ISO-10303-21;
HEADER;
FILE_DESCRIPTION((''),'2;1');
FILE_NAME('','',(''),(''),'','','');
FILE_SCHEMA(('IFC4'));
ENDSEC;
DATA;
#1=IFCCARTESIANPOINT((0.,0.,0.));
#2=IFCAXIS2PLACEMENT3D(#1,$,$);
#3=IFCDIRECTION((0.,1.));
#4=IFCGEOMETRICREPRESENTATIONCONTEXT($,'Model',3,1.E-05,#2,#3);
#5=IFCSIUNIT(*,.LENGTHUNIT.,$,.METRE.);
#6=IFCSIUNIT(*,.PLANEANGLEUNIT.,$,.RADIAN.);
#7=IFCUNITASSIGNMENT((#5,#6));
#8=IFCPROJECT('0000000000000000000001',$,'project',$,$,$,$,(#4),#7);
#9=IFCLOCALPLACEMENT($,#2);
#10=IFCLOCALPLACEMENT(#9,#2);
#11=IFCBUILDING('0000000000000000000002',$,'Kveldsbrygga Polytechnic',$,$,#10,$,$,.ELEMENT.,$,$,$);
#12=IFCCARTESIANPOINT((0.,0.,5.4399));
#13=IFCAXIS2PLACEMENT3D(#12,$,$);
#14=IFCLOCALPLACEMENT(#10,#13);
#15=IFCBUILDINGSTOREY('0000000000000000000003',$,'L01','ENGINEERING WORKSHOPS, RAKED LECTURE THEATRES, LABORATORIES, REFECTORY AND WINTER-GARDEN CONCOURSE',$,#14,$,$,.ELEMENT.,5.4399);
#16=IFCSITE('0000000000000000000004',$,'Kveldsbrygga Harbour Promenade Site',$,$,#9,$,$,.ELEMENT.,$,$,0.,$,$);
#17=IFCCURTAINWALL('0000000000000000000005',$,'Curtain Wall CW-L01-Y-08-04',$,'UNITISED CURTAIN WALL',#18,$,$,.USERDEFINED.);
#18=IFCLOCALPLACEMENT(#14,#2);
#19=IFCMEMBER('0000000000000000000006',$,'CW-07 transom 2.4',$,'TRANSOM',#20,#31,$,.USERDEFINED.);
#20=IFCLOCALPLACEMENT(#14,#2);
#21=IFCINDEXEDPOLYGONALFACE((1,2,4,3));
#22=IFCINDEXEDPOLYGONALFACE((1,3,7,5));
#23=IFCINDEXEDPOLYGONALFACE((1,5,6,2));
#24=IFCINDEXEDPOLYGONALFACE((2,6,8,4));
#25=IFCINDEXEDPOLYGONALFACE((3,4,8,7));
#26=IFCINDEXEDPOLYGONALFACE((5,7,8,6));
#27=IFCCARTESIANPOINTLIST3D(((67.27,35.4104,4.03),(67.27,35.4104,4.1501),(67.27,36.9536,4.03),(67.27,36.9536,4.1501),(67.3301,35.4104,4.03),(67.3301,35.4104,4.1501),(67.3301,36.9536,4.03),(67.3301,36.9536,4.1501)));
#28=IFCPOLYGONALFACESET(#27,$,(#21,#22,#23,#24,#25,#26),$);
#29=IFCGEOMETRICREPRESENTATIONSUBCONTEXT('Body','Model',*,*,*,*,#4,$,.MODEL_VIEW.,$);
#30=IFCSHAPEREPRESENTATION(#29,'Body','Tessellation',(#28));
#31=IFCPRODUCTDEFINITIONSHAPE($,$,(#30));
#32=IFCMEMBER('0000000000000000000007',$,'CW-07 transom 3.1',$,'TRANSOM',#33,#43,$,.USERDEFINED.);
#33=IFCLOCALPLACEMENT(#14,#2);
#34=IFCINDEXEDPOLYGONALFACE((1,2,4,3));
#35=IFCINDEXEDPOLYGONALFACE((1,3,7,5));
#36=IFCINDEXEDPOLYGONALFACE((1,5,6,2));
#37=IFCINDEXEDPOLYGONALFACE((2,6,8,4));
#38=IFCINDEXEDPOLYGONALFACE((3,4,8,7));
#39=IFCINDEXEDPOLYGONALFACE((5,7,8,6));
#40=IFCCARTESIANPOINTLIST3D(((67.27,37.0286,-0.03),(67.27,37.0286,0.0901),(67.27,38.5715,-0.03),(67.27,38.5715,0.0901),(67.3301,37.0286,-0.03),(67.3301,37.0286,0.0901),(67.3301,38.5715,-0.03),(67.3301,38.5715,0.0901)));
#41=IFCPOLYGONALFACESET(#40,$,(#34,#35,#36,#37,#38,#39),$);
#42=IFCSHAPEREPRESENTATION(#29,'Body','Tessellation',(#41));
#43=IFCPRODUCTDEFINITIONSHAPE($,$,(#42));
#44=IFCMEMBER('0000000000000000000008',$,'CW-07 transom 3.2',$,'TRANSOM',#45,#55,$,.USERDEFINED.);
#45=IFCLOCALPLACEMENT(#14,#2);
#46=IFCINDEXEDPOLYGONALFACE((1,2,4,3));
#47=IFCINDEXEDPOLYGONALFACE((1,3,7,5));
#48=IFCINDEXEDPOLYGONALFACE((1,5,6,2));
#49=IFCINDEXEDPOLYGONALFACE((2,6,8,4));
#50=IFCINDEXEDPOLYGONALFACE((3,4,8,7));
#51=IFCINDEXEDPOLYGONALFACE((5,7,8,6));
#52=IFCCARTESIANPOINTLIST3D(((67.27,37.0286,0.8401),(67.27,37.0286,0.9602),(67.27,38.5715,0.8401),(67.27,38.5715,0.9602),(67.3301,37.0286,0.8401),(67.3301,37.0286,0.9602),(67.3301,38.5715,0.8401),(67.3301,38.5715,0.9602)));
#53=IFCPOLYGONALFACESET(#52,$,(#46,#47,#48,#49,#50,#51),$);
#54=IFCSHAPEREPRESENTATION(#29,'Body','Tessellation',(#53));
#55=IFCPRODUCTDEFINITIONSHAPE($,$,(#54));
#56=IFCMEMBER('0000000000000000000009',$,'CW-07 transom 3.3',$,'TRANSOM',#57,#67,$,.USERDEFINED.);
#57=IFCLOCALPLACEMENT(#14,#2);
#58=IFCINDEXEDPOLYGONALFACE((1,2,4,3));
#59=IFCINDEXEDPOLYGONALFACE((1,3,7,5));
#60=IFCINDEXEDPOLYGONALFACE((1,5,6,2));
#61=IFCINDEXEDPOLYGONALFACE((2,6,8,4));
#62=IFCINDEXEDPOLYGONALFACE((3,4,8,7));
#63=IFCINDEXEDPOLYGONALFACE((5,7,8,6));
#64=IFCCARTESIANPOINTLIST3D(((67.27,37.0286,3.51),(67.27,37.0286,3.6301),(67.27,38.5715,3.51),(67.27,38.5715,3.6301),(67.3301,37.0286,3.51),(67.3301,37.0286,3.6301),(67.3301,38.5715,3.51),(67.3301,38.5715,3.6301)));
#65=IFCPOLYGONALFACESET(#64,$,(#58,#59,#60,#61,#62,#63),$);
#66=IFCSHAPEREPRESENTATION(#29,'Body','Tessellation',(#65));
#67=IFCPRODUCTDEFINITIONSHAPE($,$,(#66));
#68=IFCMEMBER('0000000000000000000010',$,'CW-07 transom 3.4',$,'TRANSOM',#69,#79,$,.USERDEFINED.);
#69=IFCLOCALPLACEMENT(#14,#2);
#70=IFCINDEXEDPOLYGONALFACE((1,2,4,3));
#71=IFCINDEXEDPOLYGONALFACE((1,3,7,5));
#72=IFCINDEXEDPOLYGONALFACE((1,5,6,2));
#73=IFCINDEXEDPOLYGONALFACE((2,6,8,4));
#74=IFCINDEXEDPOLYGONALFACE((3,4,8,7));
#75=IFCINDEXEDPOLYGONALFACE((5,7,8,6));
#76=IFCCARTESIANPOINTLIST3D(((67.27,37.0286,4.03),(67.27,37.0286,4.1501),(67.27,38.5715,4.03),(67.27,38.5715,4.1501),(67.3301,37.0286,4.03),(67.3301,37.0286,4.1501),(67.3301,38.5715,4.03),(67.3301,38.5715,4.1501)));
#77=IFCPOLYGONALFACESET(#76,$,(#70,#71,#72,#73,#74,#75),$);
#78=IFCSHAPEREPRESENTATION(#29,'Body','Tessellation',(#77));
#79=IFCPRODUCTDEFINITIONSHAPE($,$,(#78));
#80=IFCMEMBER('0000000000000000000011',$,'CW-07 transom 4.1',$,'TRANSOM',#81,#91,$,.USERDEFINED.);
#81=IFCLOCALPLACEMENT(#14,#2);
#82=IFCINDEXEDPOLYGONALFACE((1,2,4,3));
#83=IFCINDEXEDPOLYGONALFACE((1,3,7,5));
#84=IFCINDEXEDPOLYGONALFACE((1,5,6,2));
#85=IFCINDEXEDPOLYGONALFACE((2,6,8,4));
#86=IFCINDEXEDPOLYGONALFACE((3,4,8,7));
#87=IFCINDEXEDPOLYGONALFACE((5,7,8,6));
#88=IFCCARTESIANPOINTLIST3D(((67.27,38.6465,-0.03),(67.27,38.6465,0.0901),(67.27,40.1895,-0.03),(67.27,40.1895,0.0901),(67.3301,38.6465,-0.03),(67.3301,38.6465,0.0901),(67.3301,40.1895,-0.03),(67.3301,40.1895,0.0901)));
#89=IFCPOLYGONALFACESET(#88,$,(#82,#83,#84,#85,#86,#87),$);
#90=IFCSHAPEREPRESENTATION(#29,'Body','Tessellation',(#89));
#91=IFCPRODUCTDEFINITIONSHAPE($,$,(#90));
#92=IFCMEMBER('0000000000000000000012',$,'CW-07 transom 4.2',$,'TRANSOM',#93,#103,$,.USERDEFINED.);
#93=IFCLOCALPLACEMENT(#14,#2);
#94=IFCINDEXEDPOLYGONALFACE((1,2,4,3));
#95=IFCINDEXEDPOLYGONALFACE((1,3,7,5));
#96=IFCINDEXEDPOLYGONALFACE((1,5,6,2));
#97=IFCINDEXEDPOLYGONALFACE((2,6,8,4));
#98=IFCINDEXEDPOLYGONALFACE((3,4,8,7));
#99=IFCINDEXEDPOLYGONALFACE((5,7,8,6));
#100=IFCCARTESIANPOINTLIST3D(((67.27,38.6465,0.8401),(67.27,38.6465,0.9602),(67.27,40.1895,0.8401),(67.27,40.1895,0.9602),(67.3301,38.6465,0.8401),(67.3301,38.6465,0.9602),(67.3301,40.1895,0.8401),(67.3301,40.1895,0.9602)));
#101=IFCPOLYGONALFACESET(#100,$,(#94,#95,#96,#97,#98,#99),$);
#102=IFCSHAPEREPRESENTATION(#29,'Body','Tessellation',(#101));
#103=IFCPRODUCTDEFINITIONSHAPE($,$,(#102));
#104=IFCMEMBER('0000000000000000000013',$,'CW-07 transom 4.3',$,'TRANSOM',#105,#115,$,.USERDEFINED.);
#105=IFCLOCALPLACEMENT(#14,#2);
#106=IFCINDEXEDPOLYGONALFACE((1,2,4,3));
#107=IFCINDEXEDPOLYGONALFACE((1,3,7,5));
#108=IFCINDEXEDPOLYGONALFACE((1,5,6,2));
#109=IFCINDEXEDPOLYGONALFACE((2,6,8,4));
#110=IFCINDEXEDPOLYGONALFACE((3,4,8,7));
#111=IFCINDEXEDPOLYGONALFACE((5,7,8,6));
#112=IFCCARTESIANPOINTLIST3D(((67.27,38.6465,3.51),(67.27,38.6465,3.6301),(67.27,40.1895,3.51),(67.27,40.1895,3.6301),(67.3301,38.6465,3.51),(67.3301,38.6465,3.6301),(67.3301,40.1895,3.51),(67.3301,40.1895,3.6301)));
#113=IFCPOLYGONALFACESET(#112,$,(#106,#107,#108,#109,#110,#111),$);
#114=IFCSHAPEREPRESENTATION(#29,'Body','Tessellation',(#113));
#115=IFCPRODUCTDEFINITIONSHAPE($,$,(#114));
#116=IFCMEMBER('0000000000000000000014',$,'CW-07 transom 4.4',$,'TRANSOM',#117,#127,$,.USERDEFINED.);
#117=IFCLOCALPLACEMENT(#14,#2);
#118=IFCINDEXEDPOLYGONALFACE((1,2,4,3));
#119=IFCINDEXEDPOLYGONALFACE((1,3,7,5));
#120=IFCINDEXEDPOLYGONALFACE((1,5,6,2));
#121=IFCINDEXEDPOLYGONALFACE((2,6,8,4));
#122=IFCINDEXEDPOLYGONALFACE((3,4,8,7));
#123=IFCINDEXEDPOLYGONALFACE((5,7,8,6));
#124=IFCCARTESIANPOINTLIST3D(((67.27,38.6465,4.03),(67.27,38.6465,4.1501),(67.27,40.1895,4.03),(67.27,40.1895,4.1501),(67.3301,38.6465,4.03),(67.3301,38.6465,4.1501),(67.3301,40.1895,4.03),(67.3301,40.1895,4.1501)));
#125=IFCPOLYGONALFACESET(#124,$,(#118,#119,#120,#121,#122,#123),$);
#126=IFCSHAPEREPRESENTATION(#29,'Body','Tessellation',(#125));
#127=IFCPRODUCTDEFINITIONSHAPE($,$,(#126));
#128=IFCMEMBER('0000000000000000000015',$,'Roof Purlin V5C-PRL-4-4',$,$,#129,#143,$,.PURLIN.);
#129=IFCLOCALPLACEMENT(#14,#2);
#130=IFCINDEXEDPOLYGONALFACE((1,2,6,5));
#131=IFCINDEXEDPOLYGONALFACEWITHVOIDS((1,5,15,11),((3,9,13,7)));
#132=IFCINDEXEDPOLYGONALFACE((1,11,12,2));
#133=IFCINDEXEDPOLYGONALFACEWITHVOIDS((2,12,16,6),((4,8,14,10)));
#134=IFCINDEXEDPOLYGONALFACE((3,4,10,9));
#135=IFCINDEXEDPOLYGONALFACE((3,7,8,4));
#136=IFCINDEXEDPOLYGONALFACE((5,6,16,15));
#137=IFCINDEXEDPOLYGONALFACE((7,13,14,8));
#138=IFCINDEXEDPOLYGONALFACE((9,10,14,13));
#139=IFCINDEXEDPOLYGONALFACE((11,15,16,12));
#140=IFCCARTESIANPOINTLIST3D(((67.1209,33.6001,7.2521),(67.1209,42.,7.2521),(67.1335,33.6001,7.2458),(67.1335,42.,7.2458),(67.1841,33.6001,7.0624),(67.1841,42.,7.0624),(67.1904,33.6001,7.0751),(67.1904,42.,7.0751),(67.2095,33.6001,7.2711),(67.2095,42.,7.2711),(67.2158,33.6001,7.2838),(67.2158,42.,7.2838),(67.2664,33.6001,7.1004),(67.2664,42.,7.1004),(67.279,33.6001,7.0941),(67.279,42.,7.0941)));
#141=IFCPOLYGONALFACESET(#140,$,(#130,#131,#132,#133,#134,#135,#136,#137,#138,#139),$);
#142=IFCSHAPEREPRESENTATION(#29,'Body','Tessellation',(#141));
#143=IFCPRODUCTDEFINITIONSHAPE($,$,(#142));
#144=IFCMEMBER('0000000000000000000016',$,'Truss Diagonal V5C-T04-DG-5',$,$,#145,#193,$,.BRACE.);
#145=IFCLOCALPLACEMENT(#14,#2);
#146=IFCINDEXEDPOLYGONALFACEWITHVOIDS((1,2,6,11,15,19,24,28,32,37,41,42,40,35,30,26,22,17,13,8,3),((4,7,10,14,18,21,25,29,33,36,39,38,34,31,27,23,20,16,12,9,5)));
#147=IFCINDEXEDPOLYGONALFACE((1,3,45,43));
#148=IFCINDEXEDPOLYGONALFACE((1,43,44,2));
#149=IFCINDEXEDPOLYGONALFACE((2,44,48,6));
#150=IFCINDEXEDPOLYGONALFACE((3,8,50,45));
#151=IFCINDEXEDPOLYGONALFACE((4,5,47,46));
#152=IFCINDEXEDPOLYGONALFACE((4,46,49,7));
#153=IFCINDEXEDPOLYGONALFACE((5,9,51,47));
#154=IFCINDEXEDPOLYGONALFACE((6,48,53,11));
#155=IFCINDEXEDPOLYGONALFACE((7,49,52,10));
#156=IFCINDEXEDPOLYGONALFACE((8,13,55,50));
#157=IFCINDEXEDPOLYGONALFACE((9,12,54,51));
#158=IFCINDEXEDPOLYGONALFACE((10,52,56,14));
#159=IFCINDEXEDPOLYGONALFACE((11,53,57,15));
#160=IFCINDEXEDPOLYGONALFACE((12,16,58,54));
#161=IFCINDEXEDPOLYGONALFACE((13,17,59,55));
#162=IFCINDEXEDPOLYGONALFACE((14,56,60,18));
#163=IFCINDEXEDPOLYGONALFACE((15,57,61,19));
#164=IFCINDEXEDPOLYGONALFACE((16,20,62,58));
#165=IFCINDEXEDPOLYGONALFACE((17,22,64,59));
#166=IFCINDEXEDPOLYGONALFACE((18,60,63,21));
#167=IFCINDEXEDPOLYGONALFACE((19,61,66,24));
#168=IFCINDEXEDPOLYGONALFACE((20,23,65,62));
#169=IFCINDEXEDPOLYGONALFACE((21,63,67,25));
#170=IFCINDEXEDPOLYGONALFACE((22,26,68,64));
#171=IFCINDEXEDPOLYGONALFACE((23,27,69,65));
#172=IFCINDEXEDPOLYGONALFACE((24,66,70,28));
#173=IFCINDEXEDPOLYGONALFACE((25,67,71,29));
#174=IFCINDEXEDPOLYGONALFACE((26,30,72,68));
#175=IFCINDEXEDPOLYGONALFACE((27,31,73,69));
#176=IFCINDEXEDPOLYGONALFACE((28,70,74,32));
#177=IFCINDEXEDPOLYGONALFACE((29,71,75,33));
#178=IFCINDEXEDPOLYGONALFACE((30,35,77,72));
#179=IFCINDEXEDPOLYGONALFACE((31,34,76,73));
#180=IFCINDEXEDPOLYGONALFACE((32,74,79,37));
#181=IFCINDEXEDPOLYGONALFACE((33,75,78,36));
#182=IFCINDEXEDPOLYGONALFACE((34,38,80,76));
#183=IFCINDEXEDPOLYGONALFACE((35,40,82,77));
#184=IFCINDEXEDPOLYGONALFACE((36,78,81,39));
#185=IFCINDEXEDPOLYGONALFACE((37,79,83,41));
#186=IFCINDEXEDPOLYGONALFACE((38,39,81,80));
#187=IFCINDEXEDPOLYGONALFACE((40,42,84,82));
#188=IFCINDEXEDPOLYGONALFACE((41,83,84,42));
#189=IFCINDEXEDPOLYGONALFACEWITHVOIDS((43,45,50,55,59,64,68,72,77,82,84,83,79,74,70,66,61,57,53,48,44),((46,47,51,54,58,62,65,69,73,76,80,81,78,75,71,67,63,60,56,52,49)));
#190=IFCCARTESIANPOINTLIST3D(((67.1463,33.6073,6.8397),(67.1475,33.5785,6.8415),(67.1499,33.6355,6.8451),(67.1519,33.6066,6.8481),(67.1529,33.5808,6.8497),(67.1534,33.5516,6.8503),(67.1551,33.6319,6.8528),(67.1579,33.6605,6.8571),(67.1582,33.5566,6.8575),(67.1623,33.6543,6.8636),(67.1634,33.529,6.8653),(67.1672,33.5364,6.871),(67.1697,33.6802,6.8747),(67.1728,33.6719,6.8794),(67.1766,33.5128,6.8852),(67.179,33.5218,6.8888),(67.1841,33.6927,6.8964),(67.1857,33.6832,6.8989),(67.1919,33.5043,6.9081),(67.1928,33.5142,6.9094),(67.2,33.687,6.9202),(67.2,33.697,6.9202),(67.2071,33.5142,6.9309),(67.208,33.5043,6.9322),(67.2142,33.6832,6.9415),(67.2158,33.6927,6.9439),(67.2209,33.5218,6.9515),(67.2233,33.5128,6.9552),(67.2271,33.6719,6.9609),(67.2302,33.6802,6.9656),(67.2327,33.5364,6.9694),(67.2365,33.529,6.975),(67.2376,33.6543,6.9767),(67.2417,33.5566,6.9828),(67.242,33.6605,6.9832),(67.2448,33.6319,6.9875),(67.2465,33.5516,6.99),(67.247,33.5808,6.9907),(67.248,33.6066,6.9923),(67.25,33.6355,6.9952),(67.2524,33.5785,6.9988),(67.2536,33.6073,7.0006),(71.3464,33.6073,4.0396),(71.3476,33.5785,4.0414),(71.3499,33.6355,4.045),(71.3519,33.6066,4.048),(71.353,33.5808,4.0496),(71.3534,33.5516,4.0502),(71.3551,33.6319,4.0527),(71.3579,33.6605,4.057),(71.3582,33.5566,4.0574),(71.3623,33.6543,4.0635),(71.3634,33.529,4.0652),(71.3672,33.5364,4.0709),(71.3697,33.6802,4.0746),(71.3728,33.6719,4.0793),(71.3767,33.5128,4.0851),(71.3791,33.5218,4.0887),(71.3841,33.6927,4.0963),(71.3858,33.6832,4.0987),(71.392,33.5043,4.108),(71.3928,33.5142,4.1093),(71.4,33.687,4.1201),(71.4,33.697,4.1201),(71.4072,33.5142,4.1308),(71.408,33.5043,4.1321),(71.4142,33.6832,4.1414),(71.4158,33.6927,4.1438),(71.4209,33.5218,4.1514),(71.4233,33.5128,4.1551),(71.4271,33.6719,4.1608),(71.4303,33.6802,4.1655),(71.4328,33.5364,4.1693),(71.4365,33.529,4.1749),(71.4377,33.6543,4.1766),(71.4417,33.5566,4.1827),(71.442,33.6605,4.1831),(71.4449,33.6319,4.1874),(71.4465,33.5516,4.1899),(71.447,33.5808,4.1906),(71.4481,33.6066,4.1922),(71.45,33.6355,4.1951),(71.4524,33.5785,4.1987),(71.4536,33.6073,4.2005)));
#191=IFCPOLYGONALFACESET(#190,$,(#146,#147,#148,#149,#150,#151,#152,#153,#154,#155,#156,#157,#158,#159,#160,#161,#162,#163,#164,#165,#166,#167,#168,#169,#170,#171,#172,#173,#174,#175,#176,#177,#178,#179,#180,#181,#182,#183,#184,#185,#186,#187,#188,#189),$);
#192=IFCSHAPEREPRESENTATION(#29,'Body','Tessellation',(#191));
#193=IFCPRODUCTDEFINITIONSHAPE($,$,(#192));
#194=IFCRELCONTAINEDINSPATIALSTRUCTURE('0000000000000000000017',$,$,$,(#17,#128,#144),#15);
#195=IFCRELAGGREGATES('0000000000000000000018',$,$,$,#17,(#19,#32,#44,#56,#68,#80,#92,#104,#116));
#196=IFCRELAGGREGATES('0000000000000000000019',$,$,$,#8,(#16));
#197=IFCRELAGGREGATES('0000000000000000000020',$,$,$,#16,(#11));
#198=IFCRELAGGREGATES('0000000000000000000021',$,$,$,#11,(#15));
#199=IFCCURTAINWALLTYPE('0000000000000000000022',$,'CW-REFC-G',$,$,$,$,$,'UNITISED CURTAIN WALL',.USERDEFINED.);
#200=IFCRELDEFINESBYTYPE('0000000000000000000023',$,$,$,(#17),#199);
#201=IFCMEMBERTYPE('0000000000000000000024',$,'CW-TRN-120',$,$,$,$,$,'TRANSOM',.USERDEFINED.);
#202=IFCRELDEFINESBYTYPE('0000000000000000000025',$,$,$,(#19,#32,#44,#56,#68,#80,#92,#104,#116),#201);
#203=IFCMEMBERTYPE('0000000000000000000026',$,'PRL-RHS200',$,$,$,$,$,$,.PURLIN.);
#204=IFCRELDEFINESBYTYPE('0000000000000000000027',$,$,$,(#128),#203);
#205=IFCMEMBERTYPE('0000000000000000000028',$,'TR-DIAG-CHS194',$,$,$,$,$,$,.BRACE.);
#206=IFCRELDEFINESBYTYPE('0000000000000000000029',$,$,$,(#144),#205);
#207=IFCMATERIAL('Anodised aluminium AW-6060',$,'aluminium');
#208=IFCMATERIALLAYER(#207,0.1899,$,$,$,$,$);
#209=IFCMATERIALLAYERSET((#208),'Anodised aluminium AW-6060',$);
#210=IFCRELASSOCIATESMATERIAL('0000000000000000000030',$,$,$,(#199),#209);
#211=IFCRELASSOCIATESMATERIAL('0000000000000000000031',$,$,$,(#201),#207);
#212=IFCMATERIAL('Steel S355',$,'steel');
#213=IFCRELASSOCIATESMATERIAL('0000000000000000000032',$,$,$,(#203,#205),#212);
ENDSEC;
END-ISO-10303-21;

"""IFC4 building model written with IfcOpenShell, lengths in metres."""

from ifc_helpers import new_model, si_unit, direction, frame, origin, origin_2d, place, context, subcontext, project, spatial, rectangle, hollow_rectangle, hollow_circle, extrude, material, layer, layer_set, material_profile, profile_set, type_object, element, aggregate, save


model = new_model("IFC4")

# Units and contexts
model_context = context("Model", 3, precision=1e-05, world=origin(), true_north=direction((0.0, 1.0)))
body_context = subcontext(model_context, "Body", "Model", "MODEL_VIEW")
ifc_project = project(units=[si_unit("LENGTHUNIT", "METRE"), si_unit("PLANEANGLEUNIT", "RADIAN")], contexts=[model_context])

# Site, building, storey
site_placement = place(None, origin())
site = spatial("IfcSite", under=ifc_project, at=site_placement, Name="Kveldsbrygga Harbour Promenade Site", CompositionType="ELEMENT", RefElevation=0.0)
building_placement = place(site_placement, origin())
building = spatial("IfcBuilding", under=site, at=building_placement, Name="Kveldsbrygga Polytechnic", CompositionType="ELEMENT")
storey_placement = place(building_placement, frame((0.0, 0.0, 5.4399)))
storey = spatial("IfcBuildingStorey", under=building, at=storey_placement, Name="L01", Description="ENGINEERING WORKSHOPS, RAKED LECTURE THEATRES, LABORATORIES, REFECTORY AND WINTER-GARDEN CONCOURSE", CompositionType="ELEMENT", Elevation=5.4399)

# Shared definitions
ifc_material_1 = material(Name="Steel S355", Category="steel")

# Curtain wall, members
ifc_material_2 = material(Name="Anodised aluminium AW-6060", Category="aluminium")
ifc_layer_1 = layer(ifc_material_2, 0.1899)
ifc_layer_set_1 = layer_set([ifc_layer_1], Name="Anodised aluminium AW-6060")
curtain_wall_type = type_object("IfcCurtainWallType", Name="CW-REFC-G", ElementType="UNITISED CURTAIN WALL", PredefinedType="USERDEFINED", material=ifc_layer_set_1)
curtain_wall_placement = place(storey_placement, origin())
curtain_wall = element("IfcCurtainWall", 1, at=curtain_wall_placement, inside=storey, type_object=curtain_wall_type, Name="Curtain Wall CW-L01-Y-08-04", ObjectType="UNITISED CURTAIN WALL", PredefinedType="USERDEFINED")
ifc_material_profile_1 = material_profile(ifc_material_2, rectangle(XDim=0.0601, YDim=0.1201, at=origin_2d()), Name="ALU 60x120")
ifc_profile_set_1 = profile_set([ifc_material_profile_1], Name="Anodised aluminium AW-6060")
member_type_1 = type_object("IfcMemberType", Name="CW-TRN-120", ElementType="TRANSOM", PredefinedType="USERDEFINED", material=ifc_profile_set_1)
member_1_placement = place(storey_placement, frame((67.3, 35.4104, 4.0901), z_axis=(0.0, 1.0, 0.0), x_axis=(-1.0, 0.0, 0.0)))
member_1 = element("IfcMember", 2, at=member_1_placement, type_object=member_type_1, Name="CW-07 transom 2.4", ObjectType="TRANSOM", PredefinedType="USERDEFINED", context=body_context, shape_type="SweptSolid", body=[
    extrude(rectangle(XDim=0.0601, YDim=0.1201, at=origin_2d()), origin(), (0.0, 0.0, 1.0), 1.5432),
])
member_2_placement = place(storey_placement, frame((67.3, 37.0286, 0.03), z_axis=(0.0, 1.0, 0.0), x_axis=(-1.0, 0.0, 0.0)))
member_2 = element("IfcMember", 3, at=member_2_placement, type_object=member_type_1, Name="CW-07 transom 3.1", ObjectType="TRANSOM", PredefinedType="USERDEFINED", context=body_context, shape_type="SweptSolid", body=[
    extrude(rectangle(XDim=0.0601, YDim=0.1201, at=origin_2d()), origin(), (0.0, 0.0, 1.0), 1.543),
])
member_3_placement = place(storey_placement, frame((67.3, 37.0286, 0.9001), z_axis=(0.0, 1.0, 0.0), x_axis=(-1.0, 0.0, 0.0)))
member_3 = element("IfcMember", 4, at=member_3_placement, type_object=member_type_1, Name="CW-07 transom 3.2", ObjectType="TRANSOM", PredefinedType="USERDEFINED", context=body_context, shape_type="SweptSolid", body=[
    extrude(rectangle(XDim=0.0601, YDim=0.1201, at=origin_2d()), origin(), (0.0, 0.0, 1.0), 1.543),
])
member_4_placement = place(storey_placement, frame((67.3, 37.0286, 3.5701), z_axis=(0.0, 1.0, 0.0), x_axis=(-1.0, 0.0, 0.0)))
member_4 = element("IfcMember", 5, at=member_4_placement, type_object=member_type_1, Name="CW-07 transom 3.3", ObjectType="TRANSOM", PredefinedType="USERDEFINED", context=body_context, shape_type="SweptSolid", body=[
    extrude(rectangle(XDim=0.0601, YDim=0.1201, at=origin_2d()), origin(), (0.0, 0.0, 1.0), 1.543),
])
member_5_placement = place(storey_placement, frame((67.3, 37.0286, 4.0901), z_axis=(0.0, 1.0, 0.0), x_axis=(-1.0, 0.0, 0.0)))
member_5 = element("IfcMember", 6, at=member_5_placement, type_object=member_type_1, Name="CW-07 transom 3.4", ObjectType="TRANSOM", PredefinedType="USERDEFINED", context=body_context, shape_type="SweptSolid", body=[
    extrude(rectangle(XDim=0.0601, YDim=0.1201, at=origin_2d()), origin(), (0.0, 0.0, 1.0), 1.543),
])
member_6_placement = place(storey_placement, frame((67.3, 38.6465, 0.03), z_axis=(0.0, 1.0, 0.0), x_axis=(-1.0, 0.0, 0.0)))
member_6 = element("IfcMember", 7, at=member_6_placement, type_object=member_type_1, Name="CW-07 transom 4.1", ObjectType="TRANSOM", PredefinedType="USERDEFINED", context=body_context, shape_type="SweptSolid", body=[
    extrude(rectangle(XDim=0.0601, YDim=0.1201, at=origin_2d()), origin(), (0.0, 0.0, 1.0), 1.543),
])
member_7_placement = place(storey_placement, frame((67.3, 38.6465, 0.9001), z_axis=(0.0, 1.0, 0.0), x_axis=(-1.0, 0.0, 0.0)))
member_7 = element("IfcMember", 8, at=member_7_placement, type_object=member_type_1, Name="CW-07 transom 4.2", ObjectType="TRANSOM", PredefinedType="USERDEFINED", context=body_context, shape_type="SweptSolid", body=[
    extrude(rectangle(XDim=0.0601, YDim=0.1201, at=origin_2d()), origin(), (0.0, 0.0, 1.0), 1.543),
])
member_8_placement = place(storey_placement, frame((67.3, 38.6465, 3.5701), z_axis=(0.0, 1.0, 0.0), x_axis=(-1.0, 0.0, 0.0)))
member_8 = element("IfcMember", 9, at=member_8_placement, type_object=member_type_1, Name="CW-07 transom 4.3", ObjectType="TRANSOM", PredefinedType="USERDEFINED", context=body_context, shape_type="SweptSolid", body=[
    extrude(rectangle(XDim=0.0601, YDim=0.1201, at=origin_2d()), origin(), (0.0, 0.0, 1.0), 1.543),
])
member_9_placement = place(storey_placement, frame((67.3, 38.6465, 4.0901), z_axis=(0.0, 1.0, 0.0), x_axis=(-1.0, 0.0, 0.0)))
member_9 = element("IfcMember", 10, at=member_9_placement, type_object=member_type_1, Name="CW-07 transom 4.4", ObjectType="TRANSOM", PredefinedType="USERDEFINED", context=body_context, shape_type="SweptSolid", body=[
    extrude(rectangle(XDim=0.0601, YDim=0.1201, at=origin_2d()), origin(), (0.0, 0.0, 1.0), 1.543),
])

# Members
ifc_material_profile_2 = material_profile(ifc_material_1, hollow_rectangle(XDim=0.1001, YDim=0.2, WallThickness=0.01, at=origin_2d()), Name="RHS 200x100x10.0")
ifc_profile_set_2 = profile_set([ifc_material_profile_2], Name="Steel S355")
member_type_2 = type_object("IfcMemberType", Name="PRL-RHS200", PredefinedType="PURLIN", material=ifc_profile_set_2)
member_10_placement = place(storey_placement, frame((67.2, 33.6001, 7.1731), z_axis=(0.0, 1.0, 0.0), x_axis=(-0.948684, 0.0, -0.316227)))
element("IfcMember", 11, at=member_10_placement, inside=storey, type_object=member_type_2, Name="Roof Purlin V5C-PRL-4-4", PredefinedType="PURLIN", context=body_context, shape_type="SweptSolid", body=[
    extrude(hollow_rectangle(XDim=0.1001, YDim=0.2, WallThickness=0.01, at=origin_2d()), origin(), (0.0, 0.0, 1.0), 8.3999),
])
ifc_material_profile_3 = material_profile(ifc_material_1, hollow_circle(Radius=0.0969, WallThickness=0.01, at=origin_2d()), Name="CHS 193.7x10.0")
ifc_profile_set_3 = profile_set([ifc_material_profile_3], Name="Steel S355")
member_type_3 = type_object("IfcMemberType", Name="TR-DIAG-CHS194", PredefinedType="BRACE", material=ifc_profile_set_3)
member_11_placement = place(storey_placement, frame((67.2, 33.6001, 6.9202), z_axis=(0.832043, 0.0, -0.554711), x_axis=(0.0, 1.0, 0.0)))
element("IfcMember", 12, at=member_11_placement, inside=storey, type_object=member_type_3, Name="Truss Diagonal V5C-T04-DG-5", PredefinedType="BRACE", context=body_context, shape_type="SweptSolid", body=[
    extrude(hollow_circle(Radius=0.0969, WallThickness=0.01, at=origin_2d()), origin(), (0.0, 0.0, 1.0), 5.0479),
])

aggregate(curtain_wall, [member_1, member_2, member_3, member_4, member_5, member_6, member_7, member_8, member_9])

save(model, "model.ifc")
